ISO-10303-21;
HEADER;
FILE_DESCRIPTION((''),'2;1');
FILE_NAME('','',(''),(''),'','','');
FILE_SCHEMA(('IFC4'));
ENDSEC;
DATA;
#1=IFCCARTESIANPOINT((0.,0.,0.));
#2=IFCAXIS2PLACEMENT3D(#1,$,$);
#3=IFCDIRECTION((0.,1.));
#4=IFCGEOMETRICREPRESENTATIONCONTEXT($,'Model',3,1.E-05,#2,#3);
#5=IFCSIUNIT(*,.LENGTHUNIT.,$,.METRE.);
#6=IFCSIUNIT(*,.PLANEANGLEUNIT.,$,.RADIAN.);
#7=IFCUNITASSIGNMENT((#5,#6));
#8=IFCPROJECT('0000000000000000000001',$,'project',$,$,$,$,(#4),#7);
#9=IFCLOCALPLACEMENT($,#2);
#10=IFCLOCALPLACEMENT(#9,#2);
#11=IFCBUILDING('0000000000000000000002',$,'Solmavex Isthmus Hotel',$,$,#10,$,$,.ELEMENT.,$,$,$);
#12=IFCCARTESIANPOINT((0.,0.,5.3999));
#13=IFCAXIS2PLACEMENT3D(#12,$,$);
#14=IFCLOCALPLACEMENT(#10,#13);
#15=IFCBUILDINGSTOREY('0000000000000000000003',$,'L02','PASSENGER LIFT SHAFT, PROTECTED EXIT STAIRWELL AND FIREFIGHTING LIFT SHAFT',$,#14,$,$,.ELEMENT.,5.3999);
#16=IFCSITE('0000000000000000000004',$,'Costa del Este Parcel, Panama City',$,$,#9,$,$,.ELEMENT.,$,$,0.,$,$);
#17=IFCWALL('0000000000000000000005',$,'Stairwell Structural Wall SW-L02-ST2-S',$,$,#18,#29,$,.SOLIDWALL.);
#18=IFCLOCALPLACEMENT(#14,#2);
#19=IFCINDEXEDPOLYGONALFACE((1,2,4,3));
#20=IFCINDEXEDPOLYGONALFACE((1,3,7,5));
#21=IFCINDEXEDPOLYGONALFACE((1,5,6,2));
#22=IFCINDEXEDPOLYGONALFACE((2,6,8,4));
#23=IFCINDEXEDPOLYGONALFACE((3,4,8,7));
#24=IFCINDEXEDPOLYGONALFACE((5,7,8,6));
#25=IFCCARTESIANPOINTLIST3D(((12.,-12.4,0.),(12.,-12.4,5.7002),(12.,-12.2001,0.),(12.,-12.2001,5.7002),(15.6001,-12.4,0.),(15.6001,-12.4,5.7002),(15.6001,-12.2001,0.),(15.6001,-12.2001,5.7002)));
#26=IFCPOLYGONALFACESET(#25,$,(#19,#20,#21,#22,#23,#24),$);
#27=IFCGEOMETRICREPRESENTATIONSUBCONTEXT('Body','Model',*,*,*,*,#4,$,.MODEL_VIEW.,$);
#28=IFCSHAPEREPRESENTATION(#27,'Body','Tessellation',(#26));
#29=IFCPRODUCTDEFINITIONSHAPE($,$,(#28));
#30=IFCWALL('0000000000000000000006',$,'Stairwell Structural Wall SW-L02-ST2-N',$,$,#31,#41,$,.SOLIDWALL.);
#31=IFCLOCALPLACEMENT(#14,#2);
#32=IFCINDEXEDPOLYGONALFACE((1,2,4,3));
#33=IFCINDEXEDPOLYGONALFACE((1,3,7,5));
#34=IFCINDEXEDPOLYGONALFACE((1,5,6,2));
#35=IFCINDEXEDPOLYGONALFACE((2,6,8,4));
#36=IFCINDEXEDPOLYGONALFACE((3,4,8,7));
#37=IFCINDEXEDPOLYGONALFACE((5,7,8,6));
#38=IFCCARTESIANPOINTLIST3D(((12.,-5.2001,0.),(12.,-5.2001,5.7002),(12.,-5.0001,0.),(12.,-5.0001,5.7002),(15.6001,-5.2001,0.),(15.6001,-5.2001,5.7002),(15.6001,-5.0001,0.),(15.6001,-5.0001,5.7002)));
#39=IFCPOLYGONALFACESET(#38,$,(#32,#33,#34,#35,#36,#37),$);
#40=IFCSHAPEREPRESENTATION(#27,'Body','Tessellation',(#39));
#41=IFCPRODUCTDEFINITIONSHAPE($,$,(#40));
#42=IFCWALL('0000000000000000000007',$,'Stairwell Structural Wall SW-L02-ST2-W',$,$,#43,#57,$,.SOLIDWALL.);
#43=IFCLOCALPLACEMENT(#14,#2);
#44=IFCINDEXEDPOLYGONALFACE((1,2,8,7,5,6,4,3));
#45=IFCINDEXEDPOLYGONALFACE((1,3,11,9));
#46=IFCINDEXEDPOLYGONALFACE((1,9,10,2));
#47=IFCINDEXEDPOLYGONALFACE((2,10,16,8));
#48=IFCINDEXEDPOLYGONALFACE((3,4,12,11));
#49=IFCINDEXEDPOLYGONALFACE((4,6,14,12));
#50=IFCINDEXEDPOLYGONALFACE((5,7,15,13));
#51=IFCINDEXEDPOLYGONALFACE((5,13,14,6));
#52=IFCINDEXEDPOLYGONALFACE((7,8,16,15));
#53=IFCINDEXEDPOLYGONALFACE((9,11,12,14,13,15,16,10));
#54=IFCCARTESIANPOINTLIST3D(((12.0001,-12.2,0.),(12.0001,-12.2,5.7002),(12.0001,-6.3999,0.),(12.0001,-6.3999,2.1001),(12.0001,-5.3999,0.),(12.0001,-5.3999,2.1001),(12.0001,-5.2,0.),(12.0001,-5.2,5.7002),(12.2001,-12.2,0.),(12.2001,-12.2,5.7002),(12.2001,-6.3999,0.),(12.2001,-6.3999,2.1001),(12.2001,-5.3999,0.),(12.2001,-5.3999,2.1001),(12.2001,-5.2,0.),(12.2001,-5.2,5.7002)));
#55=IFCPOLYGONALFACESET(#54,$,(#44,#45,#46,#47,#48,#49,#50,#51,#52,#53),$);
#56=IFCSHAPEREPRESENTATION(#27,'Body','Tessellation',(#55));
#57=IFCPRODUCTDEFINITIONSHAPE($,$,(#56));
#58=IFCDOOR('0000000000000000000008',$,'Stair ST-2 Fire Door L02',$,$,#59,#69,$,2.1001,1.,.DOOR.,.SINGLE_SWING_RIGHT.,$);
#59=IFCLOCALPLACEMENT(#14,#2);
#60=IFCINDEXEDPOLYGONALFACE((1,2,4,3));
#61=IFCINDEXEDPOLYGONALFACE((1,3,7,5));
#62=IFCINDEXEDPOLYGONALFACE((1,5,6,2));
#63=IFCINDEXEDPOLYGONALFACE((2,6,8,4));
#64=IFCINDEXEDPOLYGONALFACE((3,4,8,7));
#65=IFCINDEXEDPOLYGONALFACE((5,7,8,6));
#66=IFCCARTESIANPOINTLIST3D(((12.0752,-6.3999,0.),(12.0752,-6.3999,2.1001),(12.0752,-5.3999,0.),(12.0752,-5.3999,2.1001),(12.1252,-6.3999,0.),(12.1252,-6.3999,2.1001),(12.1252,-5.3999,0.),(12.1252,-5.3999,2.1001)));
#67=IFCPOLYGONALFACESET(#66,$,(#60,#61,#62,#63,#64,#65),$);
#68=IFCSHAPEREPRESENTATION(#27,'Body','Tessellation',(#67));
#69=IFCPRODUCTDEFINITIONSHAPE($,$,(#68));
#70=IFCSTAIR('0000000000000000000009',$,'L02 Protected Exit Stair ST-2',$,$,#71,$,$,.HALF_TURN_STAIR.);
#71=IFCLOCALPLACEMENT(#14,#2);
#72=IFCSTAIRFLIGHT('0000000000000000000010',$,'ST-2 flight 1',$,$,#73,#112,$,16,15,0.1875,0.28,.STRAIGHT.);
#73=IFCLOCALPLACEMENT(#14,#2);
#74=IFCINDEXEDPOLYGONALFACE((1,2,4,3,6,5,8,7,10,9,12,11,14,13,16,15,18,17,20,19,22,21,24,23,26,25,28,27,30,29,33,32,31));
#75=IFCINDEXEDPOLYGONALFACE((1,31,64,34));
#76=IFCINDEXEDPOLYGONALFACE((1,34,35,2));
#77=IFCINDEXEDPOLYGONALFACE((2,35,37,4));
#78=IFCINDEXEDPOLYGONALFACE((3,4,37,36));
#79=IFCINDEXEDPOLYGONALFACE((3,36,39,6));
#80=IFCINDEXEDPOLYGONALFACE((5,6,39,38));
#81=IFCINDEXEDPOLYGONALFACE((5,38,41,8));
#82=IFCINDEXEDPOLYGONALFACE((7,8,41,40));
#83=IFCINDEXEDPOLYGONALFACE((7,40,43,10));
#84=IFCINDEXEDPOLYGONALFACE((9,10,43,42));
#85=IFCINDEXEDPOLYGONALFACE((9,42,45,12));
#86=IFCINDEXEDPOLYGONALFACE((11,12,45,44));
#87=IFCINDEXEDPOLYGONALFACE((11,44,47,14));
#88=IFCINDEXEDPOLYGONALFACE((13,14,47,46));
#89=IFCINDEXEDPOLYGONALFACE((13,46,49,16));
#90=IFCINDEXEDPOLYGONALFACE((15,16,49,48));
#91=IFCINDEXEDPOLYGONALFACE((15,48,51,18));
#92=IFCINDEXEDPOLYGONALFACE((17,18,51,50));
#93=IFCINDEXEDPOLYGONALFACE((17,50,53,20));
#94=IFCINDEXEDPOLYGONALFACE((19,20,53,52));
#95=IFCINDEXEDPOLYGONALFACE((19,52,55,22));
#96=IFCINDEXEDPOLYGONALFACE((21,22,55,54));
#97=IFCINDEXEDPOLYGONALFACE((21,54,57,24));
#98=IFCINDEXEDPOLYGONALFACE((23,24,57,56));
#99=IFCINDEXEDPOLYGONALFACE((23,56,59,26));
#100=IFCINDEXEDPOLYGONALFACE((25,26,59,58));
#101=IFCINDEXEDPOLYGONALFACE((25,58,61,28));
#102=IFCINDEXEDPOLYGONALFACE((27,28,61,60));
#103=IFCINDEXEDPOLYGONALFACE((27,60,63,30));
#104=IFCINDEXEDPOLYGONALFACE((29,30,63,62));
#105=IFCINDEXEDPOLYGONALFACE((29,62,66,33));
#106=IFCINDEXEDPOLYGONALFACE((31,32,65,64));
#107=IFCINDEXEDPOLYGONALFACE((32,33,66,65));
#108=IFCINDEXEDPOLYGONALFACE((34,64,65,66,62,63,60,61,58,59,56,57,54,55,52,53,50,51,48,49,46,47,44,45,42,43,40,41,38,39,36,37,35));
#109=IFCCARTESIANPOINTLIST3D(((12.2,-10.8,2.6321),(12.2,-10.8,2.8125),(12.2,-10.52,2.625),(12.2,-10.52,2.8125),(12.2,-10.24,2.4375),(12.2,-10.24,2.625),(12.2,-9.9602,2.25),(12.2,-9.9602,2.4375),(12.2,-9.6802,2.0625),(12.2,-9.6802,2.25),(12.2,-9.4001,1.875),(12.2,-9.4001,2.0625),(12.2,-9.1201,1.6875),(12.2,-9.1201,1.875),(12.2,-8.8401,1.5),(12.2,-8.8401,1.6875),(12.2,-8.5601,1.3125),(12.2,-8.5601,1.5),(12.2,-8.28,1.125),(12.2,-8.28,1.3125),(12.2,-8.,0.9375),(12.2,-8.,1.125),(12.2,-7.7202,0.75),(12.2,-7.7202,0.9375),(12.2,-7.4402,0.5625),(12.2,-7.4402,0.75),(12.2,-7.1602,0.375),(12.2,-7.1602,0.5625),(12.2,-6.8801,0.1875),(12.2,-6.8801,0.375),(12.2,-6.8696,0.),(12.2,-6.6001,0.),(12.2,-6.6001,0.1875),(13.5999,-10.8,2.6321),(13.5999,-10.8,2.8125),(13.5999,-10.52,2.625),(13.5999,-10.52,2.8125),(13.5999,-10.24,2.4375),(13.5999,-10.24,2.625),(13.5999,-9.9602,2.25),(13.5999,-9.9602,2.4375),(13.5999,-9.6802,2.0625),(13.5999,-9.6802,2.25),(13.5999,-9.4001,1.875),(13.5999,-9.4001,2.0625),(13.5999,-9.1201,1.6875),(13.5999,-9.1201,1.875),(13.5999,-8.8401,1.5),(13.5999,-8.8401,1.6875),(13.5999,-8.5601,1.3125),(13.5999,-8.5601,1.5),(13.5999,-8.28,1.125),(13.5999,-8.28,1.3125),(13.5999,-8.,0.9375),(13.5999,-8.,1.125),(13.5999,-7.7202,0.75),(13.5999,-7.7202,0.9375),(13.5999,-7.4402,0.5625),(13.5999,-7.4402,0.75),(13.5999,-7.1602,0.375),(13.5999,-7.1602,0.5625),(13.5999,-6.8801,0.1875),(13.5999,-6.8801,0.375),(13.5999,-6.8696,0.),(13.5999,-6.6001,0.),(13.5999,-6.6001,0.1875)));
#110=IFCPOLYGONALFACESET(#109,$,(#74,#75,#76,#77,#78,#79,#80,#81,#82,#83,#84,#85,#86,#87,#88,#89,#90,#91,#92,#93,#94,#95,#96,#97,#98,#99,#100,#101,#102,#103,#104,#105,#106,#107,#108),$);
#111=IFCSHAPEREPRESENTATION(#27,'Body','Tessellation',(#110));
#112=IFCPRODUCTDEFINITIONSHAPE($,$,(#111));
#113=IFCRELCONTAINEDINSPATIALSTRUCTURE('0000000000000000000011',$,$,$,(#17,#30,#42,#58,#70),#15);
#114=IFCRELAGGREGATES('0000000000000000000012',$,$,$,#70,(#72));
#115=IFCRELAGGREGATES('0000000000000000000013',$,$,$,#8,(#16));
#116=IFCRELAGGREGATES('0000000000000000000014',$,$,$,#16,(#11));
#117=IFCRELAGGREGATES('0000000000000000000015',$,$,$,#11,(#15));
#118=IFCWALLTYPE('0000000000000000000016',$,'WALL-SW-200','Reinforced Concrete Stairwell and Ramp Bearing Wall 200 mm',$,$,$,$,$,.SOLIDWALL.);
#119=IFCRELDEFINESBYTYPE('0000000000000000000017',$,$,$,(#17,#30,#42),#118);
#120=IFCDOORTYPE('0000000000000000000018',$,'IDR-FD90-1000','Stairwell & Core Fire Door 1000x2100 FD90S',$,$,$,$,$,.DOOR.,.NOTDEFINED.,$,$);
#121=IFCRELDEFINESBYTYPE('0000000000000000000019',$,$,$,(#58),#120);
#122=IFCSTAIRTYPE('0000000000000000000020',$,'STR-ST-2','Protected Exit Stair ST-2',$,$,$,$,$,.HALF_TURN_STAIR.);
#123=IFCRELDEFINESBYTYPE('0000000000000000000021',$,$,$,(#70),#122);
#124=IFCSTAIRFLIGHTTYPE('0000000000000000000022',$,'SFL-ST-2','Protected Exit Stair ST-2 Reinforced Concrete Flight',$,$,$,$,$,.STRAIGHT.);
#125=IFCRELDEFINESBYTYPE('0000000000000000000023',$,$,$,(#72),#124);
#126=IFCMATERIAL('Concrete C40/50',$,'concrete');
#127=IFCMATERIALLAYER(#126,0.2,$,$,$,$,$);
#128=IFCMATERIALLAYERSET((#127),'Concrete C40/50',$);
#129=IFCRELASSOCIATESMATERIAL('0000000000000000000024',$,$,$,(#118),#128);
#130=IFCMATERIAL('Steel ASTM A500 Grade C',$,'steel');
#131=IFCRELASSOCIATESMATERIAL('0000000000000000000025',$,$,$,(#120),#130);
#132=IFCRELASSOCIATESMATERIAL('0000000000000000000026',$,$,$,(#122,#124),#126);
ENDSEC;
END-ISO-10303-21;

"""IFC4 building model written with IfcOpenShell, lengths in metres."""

from ifc_helpers import new_model, si_unit, direction, frame, frame_2d, origin, place, context, subcontext, project, spatial, polyline, rectangle, outline, extrude, material, layer, layer_set, type_object, element, fill, aggregate, save


model = new_model("IFC4")

# Units and contexts
model_context = context("Model", 3, precision=1e-05, world=origin(), true_north=direction((0.0, 1.0)))
body_context = subcontext(model_context, "Body", "Model", "MODEL_VIEW")
ifc_project = project(units=[si_unit("LENGTHUNIT", "METRE"), si_unit("PLANEANGLEUNIT", "RADIAN")], contexts=[model_context])

# Site, building, storey
site_placement = place(None, origin())
site = spatial("IfcSite", under=ifc_project, at=site_placement, Name="Costa del Este Parcel, Panama City", CompositionType="ELEMENT", RefElevation=0.0)
building_placement = place(site_placement, origin())
building = spatial("IfcBuilding", under=site, at=building_placement, Name="Solmavex Isthmus Hotel", CompositionType="ELEMENT")
storey_placement = place(building_placement, frame((0.0, 0.0, 5.3999)))
storey = spatial("IfcBuildingStorey", under=building, at=storey_placement, Name="L02", Description="PASSENGER LIFT SHAFT, PROTECTED EXIT STAIRWELL AND FIREFIGHTING LIFT SHAFT", CompositionType="ELEMENT", Elevation=5.3999)

# Shared definitions
ifc_material_1 = material(Name="Concrete C40/50", Category="concrete")
ifc_material_2 = material(Name="Steel ASTM A500 Grade C", Category="steel")

# Walls
ifc_layer_1 = layer(ifc_material_1, 0.2)
ifc_layer_set_1 = layer_set([ifc_layer_1], Name="Concrete C40/50")
wall_type_1 = type_object("IfcWallType", Name="WALL-SW-200", Description="Reinforced Concrete Stairwell and Ramp Bearing Wall 200 mm", PredefinedType="SOLIDWALL", material=ifc_layer_set_1)
for number, where, z_axis, x_axis, name in (
    (1, (12.0, -12.3, 0.0), (0.0, 0.0, 1.0), (1.0, 0.0, 0.0), "Stairwell Structural Wall SW-L02-ST2-S"),
    (2, (12.0, -5.1001, 0.0), (0.0, 0.0, 1.0), (1.0, 0.0, 0.0), "Stairwell Structural Wall SW-L02-ST2-N"),
):
    element("IfcWall", number, at=place(storey_placement, frame(where, z_axis=z_axis, x_axis=x_axis)), inside=storey, type_object=wall_type_1, Name=name, PredefinedType="SOLIDWALL", context=body_context, shape_type="SweptSolid", body=[
        extrude(rectangle(XDim=3.6001, YDim=0.2, at=frame_2d((1.8, 0.0))), origin(), (0.0, 0.0, 1.0), 5.7002),
    ])

# Wall, opening, door
wall_1_placement = place(storey_placement, frame((12.1001, -12.2, 0.0), z_axis=(0.0, 0.0, 1.0), x_axis=(0.0, 1.0, 0.0)))
wall_1 = element("IfcWall", 3, at=wall_1_placement, inside=storey, type_object=wall_type_1, Name="Stairwell Structural Wall SW-L02-ST2-W", PredefinedType="SOLIDWALL", context=body_context, shape_type="SweptSolid", body=[
    extrude(rectangle(XDim=7.0, YDim=0.2, at=frame_2d((3.5, 0.0))), origin(), (0.0, 0.0, 1.0), 5.7002),
])
opening_1_placement = place(wall_1_placement, frame((5.8, 0.0, 0.0)))
opening_1 = element("IfcOpeningElement", 4, at=opening_1_placement, cuts=wall_1, PredefinedType="OPENING", context=body_context, shape_type="SweptSolid", body=[
    extrude(rectangle(XDim=1.0, YDim=2.1001, at=frame_2d((0.5, 1.05))), frame((0.0, 0.1099, 0.0), z_axis=(0.0, -1.0, 0.0), x_axis=(1.0, 0.0, 0.0)), (0.0, 0.0, 1.0), 0.22),
])
door_type_1 = type_object("IfcDoorType", Name="IDR-FD90-1000", Description="Stairwell & Core Fire Door 1000x2100 FD90S", OperationType="NOTDEFINED", PredefinedType="DOOR", material=ifc_material_2)
door_1_placement = place(opening_1_placement, origin())
door_1 = element("IfcDoor", 5, at=door_1_placement, inside=storey, type_object=door_type_1, Name="Stair ST-2 Fire Door L02", OperationType="SINGLE_SWING_RIGHT", OverallHeight=2.1001, OverallWidth=1.0, PredefinedType="DOOR", context=body_context, shape_type="SweptSolid", body=[
    extrude(rectangle(XDim=1.0, YDim=2.1001, at=frame_2d((0.5, 1.05))), frame((0.0, 0.0249, 0.0), z_axis=(0.0, -1.0, 0.0), x_axis=(1.0, 0.0, 0.0)), (0.0, 0.0, 1.0), 0.05),
])
fill(opening_1, door_1)

# Stair, stair flight
stair_type = type_object("IfcStairType", Name="STR-ST-2", Description="Protected Exit Stair ST-2", PredefinedType="HALF_TURN_STAIR", material=ifc_material_1)
stair_placement = place(storey_placement, origin())
stair = element("IfcStair", 6, at=stair_placement, inside=storey, type_object=stair_type, Name="L02 Protected Exit Stair ST-2", PredefinedType="HALF_TURN_STAIR")
stair_flight_type = type_object("IfcStairFlightType", Name="SFL-ST-2", Description="Protected Exit Stair ST-2 Reinforced Concrete Flight", PredefinedType="STRAIGHT", material=ifc_material_1)
stair_flight_placement = place(storey_placement, frame((12.8999, -6.6001, 0.0), z_axis=(0.0, 0.0, 1.0), x_axis=(0.0, -1.0, 0.0)))
stair_flight = element("IfcStairFlight", 7, at=stair_flight_placement, type_object=stair_flight_type, Name="ST-2 flight 1", NumberOfRisers=16, NumberOfTreads=15, PredefinedType="STRAIGHT", RiserHeight=0.1875, TreadLength=0.28, context=body_context, shape_type="SweptSolid", body=[
    extrude(outline(polyline([(0.0, 0.0), (0.0, 0.1875), (0.28, 0.1875), (0.28, 0.375), (0.5601, 0.375), (0.5601, 0.5625), (0.8401, 0.5625), (0.8401, 0.75), (1.1201, 0.75), (1.1201, 0.9375), (1.3999, 0.9375), (1.3999, 1.125), (1.6799, 1.125), (1.6799, 1.3125), (1.96, 1.3125), (1.96, 1.5), (2.24, 1.5), (2.24, 1.6875), (2.52, 1.6875), (2.52, 1.875), (2.8, 1.875), (2.8, 2.0625), (3.0801, 2.0625), (3.0801, 2.25), (3.3601, 2.25), (3.3601, 2.4375), (3.6399, 2.4375), (3.6399, 2.625), (3.9199, 2.625), (3.9199, 2.8125), (4.2, 2.8125), (4.2, 3.0), (4.2, 2.6321), (0.2695, 0.0), (0.0, 0.0)])), frame((0.0, 0.7, 0.0), z_axis=(0.0, -1.0, 0.0), x_axis=(1.0, 0.0, 0.0)), (0.0, 0.0, 1.0), 1.3999),
])
aggregate(stair, [stair_flight])

save(model, "model.ifc")
